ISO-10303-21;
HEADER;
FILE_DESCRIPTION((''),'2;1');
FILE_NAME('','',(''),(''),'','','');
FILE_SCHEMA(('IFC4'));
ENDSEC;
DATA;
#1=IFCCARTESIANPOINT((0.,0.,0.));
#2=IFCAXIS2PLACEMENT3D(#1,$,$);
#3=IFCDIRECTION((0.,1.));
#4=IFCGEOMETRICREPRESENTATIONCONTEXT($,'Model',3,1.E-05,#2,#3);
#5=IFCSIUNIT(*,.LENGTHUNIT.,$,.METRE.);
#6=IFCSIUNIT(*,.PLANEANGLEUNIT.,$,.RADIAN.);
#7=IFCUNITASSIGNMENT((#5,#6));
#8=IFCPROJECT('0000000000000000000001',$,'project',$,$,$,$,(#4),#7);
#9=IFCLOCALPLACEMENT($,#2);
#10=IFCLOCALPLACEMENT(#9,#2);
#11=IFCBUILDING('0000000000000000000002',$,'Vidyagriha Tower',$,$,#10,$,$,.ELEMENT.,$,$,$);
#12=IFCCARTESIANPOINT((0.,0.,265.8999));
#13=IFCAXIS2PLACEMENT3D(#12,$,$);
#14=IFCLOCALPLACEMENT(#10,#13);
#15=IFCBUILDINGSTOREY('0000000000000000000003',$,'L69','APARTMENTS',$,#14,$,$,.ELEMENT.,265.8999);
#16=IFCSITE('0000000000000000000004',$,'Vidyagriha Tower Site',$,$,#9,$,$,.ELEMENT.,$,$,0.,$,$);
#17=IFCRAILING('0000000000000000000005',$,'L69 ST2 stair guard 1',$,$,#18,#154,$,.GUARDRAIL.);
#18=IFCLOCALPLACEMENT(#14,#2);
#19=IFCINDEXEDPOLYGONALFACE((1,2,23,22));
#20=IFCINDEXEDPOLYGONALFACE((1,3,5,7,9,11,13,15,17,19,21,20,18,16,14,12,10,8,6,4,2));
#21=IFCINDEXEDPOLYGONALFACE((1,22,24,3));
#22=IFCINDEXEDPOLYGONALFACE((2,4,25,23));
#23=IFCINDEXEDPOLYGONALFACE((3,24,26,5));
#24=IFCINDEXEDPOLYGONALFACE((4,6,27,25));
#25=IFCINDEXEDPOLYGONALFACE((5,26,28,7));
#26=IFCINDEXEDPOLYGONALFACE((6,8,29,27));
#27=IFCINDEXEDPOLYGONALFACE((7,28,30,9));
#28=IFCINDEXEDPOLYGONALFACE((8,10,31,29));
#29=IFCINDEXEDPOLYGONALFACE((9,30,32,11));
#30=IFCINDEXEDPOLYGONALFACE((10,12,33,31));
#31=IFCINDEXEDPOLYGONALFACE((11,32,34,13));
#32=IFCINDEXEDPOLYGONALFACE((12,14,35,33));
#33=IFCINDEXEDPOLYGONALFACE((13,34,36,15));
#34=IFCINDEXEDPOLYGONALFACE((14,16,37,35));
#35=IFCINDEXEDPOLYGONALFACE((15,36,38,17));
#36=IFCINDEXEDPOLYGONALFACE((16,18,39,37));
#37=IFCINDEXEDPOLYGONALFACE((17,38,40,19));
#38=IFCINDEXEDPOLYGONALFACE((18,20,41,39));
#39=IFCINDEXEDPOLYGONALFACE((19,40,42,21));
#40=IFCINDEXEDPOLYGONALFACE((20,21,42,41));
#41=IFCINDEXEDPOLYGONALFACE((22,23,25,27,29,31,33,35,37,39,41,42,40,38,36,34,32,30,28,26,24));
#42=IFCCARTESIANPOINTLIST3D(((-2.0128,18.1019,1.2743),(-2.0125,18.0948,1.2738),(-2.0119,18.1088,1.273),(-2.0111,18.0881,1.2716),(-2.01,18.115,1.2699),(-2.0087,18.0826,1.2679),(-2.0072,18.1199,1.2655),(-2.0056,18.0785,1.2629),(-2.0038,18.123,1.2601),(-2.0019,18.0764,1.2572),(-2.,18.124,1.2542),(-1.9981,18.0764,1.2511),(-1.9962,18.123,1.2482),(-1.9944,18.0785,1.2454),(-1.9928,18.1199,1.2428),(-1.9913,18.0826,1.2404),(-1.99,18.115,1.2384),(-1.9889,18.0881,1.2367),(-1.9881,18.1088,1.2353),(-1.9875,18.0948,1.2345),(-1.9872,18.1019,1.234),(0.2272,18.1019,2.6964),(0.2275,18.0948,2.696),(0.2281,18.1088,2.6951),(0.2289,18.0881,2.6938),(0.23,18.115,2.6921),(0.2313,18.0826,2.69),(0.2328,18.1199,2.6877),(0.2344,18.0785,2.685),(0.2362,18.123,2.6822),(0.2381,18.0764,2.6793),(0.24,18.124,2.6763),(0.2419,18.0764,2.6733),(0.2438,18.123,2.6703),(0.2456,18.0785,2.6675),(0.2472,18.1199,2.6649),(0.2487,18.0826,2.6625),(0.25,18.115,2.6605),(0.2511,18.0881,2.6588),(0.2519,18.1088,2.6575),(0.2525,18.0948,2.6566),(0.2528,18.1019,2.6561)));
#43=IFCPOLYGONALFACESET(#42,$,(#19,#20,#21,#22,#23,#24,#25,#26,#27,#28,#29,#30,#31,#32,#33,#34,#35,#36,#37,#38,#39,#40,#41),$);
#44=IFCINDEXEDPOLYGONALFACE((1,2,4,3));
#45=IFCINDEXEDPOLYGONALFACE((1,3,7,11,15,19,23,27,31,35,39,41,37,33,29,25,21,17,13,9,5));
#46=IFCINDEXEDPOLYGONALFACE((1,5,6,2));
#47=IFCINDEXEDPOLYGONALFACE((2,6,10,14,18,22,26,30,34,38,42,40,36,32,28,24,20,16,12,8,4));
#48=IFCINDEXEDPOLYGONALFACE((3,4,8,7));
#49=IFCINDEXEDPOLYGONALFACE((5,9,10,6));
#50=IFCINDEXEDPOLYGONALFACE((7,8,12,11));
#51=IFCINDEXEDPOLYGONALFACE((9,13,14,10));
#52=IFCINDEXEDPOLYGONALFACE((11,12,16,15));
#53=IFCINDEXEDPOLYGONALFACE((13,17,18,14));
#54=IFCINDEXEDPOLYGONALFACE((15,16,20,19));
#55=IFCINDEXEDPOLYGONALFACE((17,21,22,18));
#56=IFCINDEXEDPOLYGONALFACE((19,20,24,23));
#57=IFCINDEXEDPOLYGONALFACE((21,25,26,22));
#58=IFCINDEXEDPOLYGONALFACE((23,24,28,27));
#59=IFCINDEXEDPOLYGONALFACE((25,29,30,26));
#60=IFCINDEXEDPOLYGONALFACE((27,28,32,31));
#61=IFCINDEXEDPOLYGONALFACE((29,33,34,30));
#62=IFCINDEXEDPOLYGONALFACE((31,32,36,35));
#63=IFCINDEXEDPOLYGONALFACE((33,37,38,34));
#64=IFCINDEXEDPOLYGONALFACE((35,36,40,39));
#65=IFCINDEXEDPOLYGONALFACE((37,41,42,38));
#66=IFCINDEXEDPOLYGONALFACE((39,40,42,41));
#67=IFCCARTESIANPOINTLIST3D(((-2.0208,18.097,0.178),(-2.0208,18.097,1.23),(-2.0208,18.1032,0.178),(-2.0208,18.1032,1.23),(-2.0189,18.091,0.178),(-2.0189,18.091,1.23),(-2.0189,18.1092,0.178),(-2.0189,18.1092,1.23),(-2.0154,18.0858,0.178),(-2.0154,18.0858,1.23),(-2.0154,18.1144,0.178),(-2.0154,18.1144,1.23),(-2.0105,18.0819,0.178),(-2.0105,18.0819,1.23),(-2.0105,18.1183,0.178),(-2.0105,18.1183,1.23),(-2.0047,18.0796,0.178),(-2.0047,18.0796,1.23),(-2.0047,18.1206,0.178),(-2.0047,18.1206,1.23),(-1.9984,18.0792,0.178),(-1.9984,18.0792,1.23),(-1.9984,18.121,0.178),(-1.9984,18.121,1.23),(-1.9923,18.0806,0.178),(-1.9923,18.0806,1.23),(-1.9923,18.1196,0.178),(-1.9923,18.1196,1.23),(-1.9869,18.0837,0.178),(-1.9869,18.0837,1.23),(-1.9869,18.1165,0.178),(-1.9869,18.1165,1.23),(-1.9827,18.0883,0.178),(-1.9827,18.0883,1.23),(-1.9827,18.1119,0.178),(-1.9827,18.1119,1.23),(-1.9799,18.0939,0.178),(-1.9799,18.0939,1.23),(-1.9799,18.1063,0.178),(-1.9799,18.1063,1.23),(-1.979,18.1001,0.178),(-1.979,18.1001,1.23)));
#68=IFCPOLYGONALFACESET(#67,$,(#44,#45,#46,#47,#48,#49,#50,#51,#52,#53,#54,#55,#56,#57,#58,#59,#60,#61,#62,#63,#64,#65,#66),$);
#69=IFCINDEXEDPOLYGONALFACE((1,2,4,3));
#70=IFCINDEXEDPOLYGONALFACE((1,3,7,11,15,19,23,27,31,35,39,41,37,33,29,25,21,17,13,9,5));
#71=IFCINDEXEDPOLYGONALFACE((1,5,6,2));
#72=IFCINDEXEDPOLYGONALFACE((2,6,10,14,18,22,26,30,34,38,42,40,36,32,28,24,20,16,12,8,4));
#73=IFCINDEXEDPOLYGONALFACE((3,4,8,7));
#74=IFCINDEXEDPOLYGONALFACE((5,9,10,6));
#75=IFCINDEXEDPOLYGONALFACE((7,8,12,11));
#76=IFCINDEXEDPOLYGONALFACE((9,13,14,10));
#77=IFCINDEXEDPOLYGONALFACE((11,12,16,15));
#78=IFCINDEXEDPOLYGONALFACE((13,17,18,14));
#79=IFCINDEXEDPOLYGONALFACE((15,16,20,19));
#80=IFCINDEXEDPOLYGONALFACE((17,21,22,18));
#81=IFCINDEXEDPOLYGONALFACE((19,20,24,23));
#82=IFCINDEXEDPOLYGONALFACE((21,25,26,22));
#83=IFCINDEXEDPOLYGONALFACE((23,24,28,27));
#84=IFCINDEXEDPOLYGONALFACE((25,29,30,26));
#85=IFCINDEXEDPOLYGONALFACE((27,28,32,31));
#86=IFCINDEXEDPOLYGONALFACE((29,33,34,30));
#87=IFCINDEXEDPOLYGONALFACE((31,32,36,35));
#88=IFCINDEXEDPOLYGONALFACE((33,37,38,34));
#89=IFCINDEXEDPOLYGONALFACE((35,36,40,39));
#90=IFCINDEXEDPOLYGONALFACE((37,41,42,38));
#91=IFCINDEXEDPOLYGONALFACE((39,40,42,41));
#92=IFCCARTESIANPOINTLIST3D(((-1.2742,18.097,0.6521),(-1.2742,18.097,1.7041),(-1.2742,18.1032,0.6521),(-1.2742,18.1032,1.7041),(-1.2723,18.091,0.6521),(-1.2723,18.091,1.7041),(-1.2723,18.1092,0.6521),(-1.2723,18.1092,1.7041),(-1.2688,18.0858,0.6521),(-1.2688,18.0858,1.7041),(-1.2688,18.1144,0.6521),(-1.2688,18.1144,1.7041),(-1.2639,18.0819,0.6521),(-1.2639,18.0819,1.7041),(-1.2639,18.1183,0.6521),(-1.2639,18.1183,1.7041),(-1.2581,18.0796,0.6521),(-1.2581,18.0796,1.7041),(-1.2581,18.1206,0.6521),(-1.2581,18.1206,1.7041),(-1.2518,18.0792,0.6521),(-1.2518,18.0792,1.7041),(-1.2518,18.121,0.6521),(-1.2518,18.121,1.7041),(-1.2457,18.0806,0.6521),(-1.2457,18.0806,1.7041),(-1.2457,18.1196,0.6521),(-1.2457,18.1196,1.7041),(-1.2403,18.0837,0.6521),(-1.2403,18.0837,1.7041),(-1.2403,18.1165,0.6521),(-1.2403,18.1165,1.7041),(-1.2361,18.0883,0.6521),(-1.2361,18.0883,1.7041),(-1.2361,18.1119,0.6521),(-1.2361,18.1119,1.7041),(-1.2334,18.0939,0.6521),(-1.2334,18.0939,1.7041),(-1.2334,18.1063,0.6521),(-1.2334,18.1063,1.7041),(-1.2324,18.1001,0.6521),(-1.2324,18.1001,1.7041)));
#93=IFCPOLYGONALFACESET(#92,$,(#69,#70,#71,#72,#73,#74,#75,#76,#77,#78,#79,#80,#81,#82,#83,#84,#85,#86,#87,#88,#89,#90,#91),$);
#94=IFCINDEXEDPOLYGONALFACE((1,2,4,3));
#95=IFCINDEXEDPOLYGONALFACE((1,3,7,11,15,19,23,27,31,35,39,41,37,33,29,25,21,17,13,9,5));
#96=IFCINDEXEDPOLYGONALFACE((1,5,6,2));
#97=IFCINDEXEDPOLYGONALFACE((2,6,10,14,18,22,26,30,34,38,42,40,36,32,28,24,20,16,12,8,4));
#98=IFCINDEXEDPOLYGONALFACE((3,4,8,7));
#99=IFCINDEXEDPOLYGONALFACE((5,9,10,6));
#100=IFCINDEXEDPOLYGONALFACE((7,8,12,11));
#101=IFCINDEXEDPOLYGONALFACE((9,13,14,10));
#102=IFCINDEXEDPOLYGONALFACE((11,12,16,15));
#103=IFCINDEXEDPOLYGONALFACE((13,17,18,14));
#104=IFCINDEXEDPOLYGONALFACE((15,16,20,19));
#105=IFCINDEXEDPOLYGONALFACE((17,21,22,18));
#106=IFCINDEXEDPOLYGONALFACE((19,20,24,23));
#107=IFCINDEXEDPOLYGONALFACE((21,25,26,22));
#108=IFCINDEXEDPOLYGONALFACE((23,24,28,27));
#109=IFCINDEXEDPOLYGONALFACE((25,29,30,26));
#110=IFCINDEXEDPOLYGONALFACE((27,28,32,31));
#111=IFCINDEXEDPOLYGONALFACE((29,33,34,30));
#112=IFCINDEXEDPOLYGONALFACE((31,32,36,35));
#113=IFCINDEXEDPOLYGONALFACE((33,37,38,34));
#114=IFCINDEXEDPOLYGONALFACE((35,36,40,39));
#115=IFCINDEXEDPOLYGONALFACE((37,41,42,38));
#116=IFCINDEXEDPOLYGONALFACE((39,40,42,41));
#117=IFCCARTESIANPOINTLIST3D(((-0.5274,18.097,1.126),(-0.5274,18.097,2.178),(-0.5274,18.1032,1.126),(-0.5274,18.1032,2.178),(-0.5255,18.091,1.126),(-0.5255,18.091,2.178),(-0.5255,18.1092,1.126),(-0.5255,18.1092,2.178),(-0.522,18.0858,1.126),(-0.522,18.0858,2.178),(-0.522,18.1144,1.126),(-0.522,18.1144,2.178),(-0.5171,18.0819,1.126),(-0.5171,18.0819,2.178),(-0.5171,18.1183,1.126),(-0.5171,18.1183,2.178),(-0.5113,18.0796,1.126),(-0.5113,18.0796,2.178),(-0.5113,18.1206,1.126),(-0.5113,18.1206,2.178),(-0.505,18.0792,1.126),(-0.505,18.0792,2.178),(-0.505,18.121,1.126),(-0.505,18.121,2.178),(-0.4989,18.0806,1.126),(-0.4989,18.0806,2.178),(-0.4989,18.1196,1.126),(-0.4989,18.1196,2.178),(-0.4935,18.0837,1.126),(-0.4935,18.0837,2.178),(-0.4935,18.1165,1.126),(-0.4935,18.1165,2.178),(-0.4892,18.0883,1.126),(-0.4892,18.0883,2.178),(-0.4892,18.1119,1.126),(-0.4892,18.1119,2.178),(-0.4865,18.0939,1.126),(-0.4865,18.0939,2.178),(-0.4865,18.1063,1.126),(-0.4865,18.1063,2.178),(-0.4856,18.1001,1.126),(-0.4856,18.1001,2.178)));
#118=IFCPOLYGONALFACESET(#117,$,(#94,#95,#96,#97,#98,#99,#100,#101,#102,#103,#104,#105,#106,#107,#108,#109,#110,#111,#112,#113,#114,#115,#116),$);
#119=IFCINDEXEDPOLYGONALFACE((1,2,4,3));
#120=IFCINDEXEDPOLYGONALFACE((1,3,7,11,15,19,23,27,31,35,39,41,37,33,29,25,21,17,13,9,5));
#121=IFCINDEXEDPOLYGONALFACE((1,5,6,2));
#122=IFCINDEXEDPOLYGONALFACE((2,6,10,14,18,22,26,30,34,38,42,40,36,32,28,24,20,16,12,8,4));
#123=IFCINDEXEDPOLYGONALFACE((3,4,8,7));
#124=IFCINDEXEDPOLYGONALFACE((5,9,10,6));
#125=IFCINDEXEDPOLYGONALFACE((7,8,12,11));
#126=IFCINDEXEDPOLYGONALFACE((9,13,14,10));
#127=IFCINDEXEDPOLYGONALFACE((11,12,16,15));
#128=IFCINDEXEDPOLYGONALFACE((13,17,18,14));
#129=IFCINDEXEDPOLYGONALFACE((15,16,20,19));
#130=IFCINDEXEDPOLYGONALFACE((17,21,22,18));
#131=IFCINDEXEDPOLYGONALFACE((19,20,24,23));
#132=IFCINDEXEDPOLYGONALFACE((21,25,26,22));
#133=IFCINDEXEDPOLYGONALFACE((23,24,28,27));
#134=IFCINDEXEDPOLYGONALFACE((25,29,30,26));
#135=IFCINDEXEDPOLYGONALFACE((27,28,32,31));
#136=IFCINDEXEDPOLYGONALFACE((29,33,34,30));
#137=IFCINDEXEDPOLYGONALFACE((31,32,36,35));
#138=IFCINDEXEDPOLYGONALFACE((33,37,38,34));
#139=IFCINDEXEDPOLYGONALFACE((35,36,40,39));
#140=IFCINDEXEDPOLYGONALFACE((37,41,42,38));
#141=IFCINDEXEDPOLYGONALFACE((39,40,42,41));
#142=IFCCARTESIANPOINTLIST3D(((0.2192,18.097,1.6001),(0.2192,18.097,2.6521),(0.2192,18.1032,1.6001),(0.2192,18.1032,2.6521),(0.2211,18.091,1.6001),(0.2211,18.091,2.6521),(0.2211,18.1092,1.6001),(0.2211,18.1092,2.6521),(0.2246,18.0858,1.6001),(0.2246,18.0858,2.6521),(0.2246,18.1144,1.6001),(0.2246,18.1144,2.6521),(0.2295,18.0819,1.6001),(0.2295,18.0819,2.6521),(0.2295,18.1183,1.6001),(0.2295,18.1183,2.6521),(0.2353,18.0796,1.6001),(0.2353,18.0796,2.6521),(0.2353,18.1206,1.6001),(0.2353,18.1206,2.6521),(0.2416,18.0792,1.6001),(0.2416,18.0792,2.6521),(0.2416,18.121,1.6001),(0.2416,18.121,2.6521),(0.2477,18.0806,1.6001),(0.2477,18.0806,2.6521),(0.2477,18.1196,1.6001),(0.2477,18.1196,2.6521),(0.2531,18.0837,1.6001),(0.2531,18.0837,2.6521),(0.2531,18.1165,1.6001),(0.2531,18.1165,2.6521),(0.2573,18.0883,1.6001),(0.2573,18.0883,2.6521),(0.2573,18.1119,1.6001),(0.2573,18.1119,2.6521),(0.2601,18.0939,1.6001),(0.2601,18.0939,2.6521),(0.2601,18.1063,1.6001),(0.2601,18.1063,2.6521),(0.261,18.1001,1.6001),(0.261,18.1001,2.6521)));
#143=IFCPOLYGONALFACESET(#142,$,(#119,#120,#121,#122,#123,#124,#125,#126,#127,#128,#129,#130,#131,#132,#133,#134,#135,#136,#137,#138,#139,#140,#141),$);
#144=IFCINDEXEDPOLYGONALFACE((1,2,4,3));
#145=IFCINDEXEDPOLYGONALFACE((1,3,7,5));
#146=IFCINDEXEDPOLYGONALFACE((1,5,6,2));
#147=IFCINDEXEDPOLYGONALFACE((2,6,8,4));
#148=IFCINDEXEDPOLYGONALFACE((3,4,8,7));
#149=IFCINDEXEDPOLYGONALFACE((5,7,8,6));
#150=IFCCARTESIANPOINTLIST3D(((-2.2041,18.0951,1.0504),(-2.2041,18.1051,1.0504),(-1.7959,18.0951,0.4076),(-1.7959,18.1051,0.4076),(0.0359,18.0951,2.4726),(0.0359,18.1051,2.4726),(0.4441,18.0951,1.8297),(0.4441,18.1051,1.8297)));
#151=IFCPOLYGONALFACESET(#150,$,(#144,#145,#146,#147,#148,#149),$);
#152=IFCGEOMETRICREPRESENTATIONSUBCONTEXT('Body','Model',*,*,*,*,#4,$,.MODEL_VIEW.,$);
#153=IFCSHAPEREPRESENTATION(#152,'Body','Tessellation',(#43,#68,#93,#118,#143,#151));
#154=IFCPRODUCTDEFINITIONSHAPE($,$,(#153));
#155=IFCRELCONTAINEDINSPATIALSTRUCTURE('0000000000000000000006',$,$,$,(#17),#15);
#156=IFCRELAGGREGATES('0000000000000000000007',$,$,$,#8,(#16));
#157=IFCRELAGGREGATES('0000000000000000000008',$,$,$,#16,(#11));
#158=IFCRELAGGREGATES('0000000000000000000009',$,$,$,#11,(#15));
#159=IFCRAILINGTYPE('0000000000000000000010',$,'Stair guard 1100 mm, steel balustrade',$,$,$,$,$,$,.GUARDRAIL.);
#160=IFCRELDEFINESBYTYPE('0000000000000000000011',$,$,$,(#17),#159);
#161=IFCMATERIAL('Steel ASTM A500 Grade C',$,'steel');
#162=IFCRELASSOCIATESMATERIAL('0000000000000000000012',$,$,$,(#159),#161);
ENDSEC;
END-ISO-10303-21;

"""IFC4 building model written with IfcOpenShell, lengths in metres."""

from ifc_helpers import new_model, si_unit, direction, frame, origin, origin_2d, place, context, subcontext, project, spatial, rectangle, circle, extrude, material, type_object, element, save


model = new_model("IFC4")

# Units and contexts
model_context = context("Model", 3, precision=1e-05, world=origin(), true_north=direction((0.0, 1.0)))
body_context = subcontext(model_context, "Body", "Model", "MODEL_VIEW")
ifc_project = project(units=[si_unit("LENGTHUNIT", "METRE"), si_unit("PLANEANGLEUNIT", "RADIAN")], contexts=[model_context])

# Site, building, storey
site_placement = place(None, origin())
site = spatial("IfcSite", under=ifc_project, at=site_placement, Name="Vidyagriha Tower Site", CompositionType="ELEMENT", RefElevation=0.0)
building_placement = place(site_placement, origin())
building = spatial("IfcBuilding", under=site, at=building_placement, Name="Vidyagriha Tower", CompositionType="ELEMENT")
storey_placement = place(building_placement, frame((0.0, 0.0, 265.8999)))
storey = spatial("IfcBuildingStorey", under=building, at=storey_placement, Name="L69", Description="APARTMENTS", CompositionType="ELEMENT", Elevation=265.8999)

# Railing
ifc_material_1 = material(Name="Steel ASTM A500 Grade C", Category="steel")
railing_type_1 = type_object("IfcRailingType", Name="Stair guard 1100 mm, steel balustrade", PredefinedType="GUARDRAIL", material=ifc_material_1)
for number, where, name in (
    (1, (-2.0, 18.1001, 0.178), "L69 ST2 stair guard 1"),
):
    element("IfcRailing", number, at=place(storey_placement, frame(where)), inside=storey, type_object=railing_type_1, Name=name, PredefinedType="GUARDRAIL", context=body_context, shape_type="SweptSolid", body=[
        extrude(circle(Radius=0.0239, at=origin_2d()), frame((0.0, 0.0, 1.0762), z_axis=(0.844229, 0.0, 0.535982), x_axis=(0.0, 1.0, 0.0)), (0.0, 0.0, 1.0), 2.6533),
        extrude(circle(Radius=0.021, at=origin_2d()), origin(), (0.0, 0.0, 1.0), 1.052),
        extrude(circle(Radius=0.021, at=origin_2d()), frame((0.7466, 0.0, 0.4741)), (0.0, 0.0, 1.0), 1.052),
        extrude(circle(Radius=0.021, at=origin_2d()), frame((1.4934, 0.0, 0.948)), (0.0, 0.0, 1.0), 1.052),
        extrude(circle(Radius=0.021, at=origin_2d()), frame((2.24, 0.0, 1.4221)), (0.0, 0.0, 1.0), 1.052),
        extrude(rectangle(XDim=0.01, YDim=0.7615, at=origin_2d()), frame((0.0, 0.0, 0.551), z_axis=(0.844229, 0.0, 0.535982), x_axis=(0.0, 1.0, 0.0)), (0.0, 0.0, 1.0), 2.6533),
    ])

save(model, "model.ifc")
